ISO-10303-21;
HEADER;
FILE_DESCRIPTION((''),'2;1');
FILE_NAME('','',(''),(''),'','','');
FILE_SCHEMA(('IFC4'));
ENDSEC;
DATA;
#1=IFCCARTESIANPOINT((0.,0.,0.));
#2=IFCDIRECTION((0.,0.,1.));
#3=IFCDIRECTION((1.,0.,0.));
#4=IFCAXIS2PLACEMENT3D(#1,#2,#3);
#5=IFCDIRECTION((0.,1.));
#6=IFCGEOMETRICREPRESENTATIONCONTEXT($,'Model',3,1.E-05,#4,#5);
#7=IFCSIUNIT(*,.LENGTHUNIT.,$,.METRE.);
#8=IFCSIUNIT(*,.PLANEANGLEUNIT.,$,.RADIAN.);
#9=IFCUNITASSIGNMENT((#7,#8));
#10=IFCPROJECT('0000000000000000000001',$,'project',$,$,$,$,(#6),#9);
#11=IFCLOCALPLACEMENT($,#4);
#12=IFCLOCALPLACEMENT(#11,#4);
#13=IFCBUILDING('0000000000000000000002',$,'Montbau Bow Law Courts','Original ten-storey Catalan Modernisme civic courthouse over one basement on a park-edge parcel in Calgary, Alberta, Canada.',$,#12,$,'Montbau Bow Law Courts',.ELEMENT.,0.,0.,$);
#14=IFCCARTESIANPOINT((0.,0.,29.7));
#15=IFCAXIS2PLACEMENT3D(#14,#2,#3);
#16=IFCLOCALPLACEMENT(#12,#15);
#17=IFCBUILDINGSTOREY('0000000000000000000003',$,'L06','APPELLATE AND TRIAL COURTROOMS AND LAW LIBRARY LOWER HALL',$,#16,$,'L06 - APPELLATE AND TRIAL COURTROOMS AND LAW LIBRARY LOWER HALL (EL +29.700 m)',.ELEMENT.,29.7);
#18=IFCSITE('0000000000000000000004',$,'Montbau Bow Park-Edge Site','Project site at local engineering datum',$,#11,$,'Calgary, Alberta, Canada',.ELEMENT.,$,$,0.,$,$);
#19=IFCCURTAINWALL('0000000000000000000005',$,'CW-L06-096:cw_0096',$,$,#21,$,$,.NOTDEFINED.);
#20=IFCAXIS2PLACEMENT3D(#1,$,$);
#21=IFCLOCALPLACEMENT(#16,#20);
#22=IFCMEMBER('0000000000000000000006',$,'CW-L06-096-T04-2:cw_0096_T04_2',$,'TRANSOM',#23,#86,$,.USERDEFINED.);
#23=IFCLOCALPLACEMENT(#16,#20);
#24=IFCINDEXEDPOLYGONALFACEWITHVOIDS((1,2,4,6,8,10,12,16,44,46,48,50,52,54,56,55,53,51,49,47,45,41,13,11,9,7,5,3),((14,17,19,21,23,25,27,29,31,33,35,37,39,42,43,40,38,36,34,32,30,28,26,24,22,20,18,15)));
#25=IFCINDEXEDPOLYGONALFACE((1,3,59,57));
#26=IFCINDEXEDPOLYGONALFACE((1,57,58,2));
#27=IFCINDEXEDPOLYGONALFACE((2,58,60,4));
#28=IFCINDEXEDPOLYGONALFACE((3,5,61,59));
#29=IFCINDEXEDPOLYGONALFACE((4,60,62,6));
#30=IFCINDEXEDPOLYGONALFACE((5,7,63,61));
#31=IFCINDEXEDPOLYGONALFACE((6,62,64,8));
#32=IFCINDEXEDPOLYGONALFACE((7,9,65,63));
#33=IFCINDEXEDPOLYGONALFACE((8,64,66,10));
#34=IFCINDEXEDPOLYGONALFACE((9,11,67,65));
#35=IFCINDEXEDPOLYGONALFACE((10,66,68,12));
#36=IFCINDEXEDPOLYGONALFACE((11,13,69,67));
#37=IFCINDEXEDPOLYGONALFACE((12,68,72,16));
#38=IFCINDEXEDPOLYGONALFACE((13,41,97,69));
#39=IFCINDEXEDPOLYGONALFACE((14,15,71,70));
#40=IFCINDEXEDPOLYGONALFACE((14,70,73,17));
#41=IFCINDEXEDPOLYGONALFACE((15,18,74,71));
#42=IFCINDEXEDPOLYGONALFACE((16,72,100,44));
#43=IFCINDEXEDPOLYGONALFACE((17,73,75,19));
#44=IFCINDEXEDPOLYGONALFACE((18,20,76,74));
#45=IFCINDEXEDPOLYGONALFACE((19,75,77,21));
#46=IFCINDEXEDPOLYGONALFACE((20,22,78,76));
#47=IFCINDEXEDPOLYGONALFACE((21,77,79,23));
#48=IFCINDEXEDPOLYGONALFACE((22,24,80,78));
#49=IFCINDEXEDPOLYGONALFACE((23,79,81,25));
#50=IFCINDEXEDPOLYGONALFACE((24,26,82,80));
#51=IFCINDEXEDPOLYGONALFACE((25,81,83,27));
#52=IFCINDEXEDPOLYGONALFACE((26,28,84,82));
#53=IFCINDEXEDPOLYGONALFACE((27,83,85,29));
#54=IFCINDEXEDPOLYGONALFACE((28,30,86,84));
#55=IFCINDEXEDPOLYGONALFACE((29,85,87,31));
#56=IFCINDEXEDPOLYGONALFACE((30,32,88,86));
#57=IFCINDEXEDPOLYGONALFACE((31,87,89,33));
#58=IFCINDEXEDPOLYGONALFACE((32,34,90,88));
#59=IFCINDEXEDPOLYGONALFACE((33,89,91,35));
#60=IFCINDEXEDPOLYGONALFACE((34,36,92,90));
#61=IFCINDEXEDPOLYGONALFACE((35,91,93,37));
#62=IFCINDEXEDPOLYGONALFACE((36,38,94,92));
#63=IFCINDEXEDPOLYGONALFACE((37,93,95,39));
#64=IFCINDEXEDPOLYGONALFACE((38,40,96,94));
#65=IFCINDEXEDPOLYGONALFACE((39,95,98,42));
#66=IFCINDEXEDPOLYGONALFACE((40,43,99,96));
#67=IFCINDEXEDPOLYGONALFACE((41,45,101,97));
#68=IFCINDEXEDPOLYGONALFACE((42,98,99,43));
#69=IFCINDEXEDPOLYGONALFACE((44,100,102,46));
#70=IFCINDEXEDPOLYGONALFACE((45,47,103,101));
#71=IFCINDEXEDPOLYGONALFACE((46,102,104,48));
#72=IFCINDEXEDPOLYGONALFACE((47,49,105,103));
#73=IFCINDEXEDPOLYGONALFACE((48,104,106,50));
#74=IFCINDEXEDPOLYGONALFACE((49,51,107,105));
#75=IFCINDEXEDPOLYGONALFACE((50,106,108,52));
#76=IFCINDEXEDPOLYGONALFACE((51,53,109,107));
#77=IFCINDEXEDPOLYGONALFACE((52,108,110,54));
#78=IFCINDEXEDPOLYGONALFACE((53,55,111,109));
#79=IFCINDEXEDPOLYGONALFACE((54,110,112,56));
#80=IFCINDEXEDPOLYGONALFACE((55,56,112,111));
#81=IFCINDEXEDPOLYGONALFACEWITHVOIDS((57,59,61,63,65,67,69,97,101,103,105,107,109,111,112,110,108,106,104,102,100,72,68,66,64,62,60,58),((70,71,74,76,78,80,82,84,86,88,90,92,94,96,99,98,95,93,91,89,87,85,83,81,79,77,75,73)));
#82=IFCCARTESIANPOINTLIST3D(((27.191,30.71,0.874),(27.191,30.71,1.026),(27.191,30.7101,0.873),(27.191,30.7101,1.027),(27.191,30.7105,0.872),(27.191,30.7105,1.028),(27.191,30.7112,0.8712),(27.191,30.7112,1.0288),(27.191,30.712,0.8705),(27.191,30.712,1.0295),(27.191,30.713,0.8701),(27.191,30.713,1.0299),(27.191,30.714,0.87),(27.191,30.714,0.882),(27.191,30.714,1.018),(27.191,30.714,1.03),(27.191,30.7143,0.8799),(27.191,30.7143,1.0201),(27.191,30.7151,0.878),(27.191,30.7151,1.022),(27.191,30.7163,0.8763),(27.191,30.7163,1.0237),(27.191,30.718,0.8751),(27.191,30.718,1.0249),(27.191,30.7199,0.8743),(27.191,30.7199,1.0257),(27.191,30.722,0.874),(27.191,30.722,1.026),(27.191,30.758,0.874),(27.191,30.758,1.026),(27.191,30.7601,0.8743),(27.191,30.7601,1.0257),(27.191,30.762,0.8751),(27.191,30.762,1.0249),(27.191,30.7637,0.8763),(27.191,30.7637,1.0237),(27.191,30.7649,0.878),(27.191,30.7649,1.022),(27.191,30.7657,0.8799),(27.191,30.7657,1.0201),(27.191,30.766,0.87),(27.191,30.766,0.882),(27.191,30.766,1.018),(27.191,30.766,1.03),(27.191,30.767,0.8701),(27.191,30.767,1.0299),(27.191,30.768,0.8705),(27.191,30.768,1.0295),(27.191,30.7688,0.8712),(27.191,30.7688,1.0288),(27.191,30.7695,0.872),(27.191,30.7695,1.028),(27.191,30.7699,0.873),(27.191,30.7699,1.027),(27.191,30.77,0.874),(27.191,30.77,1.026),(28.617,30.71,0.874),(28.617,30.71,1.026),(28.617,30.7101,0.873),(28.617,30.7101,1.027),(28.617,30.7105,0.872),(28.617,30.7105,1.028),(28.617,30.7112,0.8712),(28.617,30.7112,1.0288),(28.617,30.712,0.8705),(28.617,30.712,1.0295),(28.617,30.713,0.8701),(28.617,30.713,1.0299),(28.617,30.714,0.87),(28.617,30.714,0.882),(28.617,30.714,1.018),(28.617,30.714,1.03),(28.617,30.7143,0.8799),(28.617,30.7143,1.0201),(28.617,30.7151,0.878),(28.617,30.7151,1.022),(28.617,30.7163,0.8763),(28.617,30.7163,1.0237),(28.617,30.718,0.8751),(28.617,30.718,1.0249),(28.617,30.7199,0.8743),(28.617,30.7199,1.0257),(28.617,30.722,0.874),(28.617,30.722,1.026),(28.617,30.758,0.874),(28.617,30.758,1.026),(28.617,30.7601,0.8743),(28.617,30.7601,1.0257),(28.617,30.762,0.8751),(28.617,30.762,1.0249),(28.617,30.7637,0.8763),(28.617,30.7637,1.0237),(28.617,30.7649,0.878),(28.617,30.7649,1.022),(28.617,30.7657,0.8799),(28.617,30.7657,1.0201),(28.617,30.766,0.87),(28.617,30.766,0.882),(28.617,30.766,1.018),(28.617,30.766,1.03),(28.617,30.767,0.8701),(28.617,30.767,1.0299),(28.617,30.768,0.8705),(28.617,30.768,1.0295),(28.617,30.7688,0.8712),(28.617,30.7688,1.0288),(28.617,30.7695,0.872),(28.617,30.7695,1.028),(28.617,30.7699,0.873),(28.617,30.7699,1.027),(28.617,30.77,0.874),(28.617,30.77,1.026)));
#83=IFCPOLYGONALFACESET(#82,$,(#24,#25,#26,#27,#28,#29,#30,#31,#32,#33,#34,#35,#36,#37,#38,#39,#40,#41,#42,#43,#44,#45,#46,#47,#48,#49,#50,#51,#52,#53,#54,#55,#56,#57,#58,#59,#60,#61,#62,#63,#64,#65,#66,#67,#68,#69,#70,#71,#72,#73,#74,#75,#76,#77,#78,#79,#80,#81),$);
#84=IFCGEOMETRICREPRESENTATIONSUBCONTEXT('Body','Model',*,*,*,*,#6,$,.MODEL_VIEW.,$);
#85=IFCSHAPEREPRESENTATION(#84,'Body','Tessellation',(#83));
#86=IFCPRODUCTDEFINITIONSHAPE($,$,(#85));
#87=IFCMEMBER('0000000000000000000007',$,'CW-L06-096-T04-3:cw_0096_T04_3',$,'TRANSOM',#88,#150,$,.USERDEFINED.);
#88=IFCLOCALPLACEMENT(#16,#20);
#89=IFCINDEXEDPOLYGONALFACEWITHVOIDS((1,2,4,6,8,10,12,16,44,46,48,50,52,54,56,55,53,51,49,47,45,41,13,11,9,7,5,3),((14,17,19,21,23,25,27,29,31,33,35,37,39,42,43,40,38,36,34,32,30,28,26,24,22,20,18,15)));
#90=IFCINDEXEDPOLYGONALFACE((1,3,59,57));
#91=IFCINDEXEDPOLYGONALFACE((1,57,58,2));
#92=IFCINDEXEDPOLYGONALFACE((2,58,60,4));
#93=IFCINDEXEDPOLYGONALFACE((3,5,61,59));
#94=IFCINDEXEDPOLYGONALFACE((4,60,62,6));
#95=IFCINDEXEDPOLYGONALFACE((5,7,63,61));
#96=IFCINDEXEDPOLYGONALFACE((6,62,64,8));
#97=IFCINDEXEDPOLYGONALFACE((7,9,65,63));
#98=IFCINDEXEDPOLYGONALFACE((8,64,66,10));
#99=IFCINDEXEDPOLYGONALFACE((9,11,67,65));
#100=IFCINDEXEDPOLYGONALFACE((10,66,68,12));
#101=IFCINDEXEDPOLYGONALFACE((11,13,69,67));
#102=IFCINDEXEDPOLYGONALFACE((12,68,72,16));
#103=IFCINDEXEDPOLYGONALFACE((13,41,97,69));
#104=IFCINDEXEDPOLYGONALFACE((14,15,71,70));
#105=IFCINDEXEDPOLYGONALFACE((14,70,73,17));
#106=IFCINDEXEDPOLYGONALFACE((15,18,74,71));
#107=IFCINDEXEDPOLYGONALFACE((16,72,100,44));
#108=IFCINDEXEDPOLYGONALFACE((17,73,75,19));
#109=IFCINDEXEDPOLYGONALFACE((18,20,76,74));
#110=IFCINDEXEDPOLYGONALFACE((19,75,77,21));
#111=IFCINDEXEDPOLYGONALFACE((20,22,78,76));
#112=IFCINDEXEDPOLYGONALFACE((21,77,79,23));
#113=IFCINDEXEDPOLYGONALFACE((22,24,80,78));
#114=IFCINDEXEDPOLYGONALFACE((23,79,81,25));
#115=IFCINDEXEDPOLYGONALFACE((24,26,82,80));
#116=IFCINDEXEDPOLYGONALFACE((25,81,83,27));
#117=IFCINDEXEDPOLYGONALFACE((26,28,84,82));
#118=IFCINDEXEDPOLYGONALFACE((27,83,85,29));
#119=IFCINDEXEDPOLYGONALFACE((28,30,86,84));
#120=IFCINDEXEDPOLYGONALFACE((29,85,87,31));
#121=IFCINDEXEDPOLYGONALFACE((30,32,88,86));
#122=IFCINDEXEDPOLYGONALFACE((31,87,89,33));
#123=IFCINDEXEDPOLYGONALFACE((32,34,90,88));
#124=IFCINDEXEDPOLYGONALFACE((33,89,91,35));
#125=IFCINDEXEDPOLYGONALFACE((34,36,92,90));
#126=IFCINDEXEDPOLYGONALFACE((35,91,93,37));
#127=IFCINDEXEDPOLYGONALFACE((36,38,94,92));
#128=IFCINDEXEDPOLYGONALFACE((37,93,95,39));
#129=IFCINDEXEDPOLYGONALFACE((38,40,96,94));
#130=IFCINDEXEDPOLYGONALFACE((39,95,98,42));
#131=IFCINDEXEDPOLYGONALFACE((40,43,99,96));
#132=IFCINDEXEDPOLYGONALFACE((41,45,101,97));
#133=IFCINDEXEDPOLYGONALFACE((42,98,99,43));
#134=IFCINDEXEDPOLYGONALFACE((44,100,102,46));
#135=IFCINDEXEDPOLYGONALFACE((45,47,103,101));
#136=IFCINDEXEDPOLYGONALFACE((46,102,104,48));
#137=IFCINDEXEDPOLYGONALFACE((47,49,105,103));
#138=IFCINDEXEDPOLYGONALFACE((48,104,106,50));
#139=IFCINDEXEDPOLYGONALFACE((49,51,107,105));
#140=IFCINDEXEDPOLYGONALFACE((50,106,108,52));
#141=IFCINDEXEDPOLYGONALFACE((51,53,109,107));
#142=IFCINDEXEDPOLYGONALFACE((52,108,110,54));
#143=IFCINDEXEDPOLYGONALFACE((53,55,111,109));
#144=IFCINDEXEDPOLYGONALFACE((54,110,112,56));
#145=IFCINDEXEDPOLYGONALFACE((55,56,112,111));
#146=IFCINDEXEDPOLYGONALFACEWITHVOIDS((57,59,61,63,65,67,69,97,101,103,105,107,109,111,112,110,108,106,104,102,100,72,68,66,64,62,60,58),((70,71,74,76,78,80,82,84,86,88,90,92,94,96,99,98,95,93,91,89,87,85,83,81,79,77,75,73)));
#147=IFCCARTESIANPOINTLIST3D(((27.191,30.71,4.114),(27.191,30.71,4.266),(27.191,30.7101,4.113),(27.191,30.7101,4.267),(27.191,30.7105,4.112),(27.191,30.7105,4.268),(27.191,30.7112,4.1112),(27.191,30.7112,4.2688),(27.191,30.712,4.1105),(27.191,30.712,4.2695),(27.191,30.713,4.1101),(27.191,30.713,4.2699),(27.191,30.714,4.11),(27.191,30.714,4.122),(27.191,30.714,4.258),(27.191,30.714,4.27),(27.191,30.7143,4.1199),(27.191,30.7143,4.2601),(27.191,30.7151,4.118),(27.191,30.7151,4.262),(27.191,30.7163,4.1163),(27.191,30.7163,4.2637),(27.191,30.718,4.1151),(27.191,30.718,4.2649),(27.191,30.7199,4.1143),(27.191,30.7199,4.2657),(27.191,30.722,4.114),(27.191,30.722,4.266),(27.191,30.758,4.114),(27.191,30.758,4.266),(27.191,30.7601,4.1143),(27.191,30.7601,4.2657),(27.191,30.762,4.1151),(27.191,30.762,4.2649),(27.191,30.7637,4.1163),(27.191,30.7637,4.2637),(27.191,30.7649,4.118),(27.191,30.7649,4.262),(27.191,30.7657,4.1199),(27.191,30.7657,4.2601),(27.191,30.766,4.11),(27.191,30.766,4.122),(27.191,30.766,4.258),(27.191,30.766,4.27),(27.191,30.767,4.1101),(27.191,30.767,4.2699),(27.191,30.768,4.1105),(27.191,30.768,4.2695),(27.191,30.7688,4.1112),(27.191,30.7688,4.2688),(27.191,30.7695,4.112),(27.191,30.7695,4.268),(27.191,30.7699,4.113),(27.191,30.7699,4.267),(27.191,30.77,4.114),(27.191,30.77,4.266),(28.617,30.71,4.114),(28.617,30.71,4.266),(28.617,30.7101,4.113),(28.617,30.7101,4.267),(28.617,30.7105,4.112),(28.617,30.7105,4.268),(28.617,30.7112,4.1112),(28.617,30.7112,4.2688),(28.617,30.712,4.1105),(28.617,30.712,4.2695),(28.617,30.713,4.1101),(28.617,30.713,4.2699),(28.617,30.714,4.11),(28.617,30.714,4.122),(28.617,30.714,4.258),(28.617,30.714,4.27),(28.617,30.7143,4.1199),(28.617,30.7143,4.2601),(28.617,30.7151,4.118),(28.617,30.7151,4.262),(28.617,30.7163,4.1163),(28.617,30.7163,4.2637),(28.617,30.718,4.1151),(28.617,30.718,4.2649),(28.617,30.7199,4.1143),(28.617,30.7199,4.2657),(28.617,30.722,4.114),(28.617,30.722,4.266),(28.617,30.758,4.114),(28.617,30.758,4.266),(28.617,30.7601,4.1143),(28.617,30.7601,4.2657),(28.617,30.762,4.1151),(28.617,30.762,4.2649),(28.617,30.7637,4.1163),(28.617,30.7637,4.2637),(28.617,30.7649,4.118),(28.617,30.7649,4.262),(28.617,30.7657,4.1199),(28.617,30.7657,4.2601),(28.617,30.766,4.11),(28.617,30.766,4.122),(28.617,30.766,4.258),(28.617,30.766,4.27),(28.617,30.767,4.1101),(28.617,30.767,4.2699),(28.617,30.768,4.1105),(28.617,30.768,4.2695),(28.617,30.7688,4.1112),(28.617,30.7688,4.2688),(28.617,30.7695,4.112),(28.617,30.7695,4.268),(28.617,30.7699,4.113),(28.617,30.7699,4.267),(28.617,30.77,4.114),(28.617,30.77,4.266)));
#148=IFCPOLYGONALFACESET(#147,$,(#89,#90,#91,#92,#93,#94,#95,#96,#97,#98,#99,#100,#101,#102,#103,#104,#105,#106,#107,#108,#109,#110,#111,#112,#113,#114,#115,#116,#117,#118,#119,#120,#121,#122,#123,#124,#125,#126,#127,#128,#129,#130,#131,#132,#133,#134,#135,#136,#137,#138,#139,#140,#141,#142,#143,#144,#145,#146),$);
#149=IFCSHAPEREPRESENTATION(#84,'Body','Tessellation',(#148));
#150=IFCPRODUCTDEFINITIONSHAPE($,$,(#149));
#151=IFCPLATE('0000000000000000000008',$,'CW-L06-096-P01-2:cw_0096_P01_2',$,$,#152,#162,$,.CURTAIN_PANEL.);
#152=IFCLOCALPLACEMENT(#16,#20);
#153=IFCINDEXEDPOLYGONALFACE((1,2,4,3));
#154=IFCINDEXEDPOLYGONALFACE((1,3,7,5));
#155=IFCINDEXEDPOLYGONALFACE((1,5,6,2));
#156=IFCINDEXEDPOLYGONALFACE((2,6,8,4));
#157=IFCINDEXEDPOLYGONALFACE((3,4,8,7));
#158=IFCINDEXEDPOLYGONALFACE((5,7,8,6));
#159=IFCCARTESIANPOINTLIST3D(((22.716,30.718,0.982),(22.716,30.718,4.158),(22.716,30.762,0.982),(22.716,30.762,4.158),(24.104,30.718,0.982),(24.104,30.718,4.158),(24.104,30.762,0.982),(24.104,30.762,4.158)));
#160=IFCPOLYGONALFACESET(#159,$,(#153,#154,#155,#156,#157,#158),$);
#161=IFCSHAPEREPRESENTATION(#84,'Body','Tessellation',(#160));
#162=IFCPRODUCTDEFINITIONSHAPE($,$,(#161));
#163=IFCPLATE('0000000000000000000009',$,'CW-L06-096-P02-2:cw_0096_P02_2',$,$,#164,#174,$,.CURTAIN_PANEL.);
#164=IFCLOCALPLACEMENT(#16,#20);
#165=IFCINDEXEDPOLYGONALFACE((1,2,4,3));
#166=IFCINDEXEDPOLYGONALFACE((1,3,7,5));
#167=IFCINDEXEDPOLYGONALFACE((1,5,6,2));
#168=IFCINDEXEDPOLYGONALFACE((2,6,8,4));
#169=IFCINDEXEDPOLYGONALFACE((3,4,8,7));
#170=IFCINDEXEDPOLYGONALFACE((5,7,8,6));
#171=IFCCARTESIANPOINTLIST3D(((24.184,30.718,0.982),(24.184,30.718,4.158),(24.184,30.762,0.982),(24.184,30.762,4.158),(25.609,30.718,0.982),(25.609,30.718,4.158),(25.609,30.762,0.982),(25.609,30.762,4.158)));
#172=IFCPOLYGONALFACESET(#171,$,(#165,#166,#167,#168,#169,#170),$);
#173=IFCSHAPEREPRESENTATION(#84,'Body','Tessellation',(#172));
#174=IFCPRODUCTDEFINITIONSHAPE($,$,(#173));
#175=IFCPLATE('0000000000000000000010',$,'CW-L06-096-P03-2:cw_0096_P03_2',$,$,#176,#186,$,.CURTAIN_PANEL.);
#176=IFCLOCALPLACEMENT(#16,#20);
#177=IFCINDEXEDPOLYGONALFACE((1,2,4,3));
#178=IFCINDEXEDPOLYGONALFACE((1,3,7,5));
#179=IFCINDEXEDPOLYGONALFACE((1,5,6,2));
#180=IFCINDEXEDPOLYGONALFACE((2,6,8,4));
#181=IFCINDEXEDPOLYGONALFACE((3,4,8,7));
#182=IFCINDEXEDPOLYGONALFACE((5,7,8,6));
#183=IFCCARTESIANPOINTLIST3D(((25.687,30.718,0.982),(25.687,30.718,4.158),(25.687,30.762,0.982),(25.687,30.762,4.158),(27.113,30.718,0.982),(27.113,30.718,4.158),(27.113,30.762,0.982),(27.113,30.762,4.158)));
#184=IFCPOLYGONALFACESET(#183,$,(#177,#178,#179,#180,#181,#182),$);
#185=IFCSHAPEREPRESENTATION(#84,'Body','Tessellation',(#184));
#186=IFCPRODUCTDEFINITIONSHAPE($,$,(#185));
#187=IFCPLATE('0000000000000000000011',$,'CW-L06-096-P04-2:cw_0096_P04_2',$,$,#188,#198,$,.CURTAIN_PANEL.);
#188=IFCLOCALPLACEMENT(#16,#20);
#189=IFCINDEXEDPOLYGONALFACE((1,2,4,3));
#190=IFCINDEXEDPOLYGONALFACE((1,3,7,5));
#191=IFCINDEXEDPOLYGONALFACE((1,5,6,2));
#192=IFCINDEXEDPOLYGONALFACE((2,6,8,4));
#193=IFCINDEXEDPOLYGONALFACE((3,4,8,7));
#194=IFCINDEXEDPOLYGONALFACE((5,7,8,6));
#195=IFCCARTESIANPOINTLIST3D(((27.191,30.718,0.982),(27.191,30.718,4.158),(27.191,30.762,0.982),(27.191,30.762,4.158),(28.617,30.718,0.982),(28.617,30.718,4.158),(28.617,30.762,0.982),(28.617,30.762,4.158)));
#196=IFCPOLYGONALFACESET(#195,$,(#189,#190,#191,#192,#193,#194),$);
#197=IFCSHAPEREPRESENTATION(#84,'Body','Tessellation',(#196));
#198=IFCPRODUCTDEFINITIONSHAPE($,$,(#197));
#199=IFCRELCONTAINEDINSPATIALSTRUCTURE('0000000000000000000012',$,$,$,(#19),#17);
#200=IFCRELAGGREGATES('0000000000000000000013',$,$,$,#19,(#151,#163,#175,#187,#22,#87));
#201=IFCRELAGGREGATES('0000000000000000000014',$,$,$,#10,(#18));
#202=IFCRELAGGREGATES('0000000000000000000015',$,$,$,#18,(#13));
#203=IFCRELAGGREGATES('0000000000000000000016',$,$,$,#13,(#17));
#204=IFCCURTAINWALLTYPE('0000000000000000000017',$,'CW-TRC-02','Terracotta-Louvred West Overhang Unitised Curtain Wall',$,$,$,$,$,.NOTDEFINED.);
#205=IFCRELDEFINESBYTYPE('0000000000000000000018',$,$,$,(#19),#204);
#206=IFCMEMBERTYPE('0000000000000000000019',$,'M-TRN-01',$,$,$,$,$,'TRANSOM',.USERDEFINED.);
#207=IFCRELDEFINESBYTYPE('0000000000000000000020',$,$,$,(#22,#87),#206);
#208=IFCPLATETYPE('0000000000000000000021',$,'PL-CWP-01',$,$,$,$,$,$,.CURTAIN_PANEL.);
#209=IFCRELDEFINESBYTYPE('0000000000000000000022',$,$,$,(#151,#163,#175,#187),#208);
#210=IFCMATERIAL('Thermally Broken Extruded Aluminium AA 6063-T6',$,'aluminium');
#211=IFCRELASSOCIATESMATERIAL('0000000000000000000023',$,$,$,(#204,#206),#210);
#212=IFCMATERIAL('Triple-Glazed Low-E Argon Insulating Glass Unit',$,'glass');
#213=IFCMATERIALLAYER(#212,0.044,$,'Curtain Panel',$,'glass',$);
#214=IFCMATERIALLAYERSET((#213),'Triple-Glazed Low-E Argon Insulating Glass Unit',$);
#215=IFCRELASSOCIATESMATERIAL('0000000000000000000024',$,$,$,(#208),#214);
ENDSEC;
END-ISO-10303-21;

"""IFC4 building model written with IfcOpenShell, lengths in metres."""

from ifc_helpers import new_model, si_unit, direction, frame, frame_2d, origin_with_axes, origin_2d_with_axis, place, context, subcontext, project, spatial, rectangle, hollow_rectangle, extrude, material, layer, layer_set, material_profile, profile_set, type_object, element, aggregate, save


model = new_model("IFC4")

# Units and contexts
model_context = context("Model", 3, precision=1e-05, world=origin_with_axes(), true_north=direction((0.0, 1.0)))
body_context = subcontext(model_context, "Body", "Model", "MODEL_VIEW")
ifc_project = project(units=[si_unit("LENGTHUNIT", "METRE"), si_unit("PLANEANGLEUNIT", "RADIAN")], contexts=[model_context])

# Site, building, storey
site_placement = place(None, origin_with_axes())
site = spatial("IfcSite", under=ifc_project, at=site_placement, Name="Montbau Bow Park-Edge Site", Description="Project site at local engineering datum", LongName="Calgary, Alberta, Canada", CompositionType="ELEMENT", RefElevation=0.0)
building_placement = place(site_placement, origin_with_axes())
building = spatial("IfcBuilding", under=site, at=building_placement, Name="Montbau Bow Law Courts", Description="Original ten-storey Catalan Modernisme civic courthouse over one basement on a park-edge parcel in Calgary, Alberta, Canada.", LongName="Montbau Bow Law Courts", CompositionType="ELEMENT", ElevationOfRefHeight=0.0, ElevationOfTerrain=0.0)
storey_placement = place(building_placement, frame((0.0, 0.0, 29.7), z_axis=(0.0, 0.0, 1.0), x_axis=(1.0, 0.0, 0.0)))
storey = spatial("IfcBuildingStorey", under=building, at=storey_placement, Name="L06", Description="APPELLATE AND TRIAL COURTROOMS AND LAW LIBRARY LOWER HALL", LongName="L06 - APPELLATE AND TRIAL COURTROOMS AND LAW LIBRARY LOWER HALL (EL +29.700 m)", CompositionType="ELEMENT", Elevation=29.7)

# Curtain wall, members, plates
ifc_material_1 = material(Name="Thermally Broken Extruded Aluminium AA 6063-T6", Category="aluminium")
curtain_wall_type = type_object("IfcCurtainWallType", Name="CW-TRC-02", Description="Terracotta-Louvred West Overhang Unitised Curtain Wall", PredefinedType="NOTDEFINED", material=ifc_material_1)
curtain_wall_placement = place(None, frame((22.64, 30.74, 29.7), z_axis=(0.0, 0.0, 1.0), x_axis=(1.0, 0.0, 0.0)))
curtain_wall = element("IfcCurtainWall", 1, at=curtain_wall_placement, inside=storey, type_object=curtain_wall_type, Name="CW-L06-096:cw_0096", PredefinedType="NOTDEFINED")
ifc_material_profile_1 = material_profile(ifc_material_1, hollow_rectangle(XDim=0.06, YDim=0.16, WallThickness=0.004, InnerFilletRadius=0.008, OuterFilletRadius=0.004, at=origin_2d_with_axis()), Name="CWT-160X60", Category="Main", Priority=0)
ifc_profile_set_1 = profile_set([ifc_material_profile_1], Name="Thermally Broken Extruded Aluminium AA 6063-T6")
member_type_1 = type_object("IfcMemberType", Name="M-TRN-01", ElementType="TRANSOM", PredefinedType="USERDEFINED", material=ifc_profile_set_1)
member_1_placement = place(None, frame((27.191, 30.74, 30.65), z_axis=(1.0, 0.0, 0.0), x_axis=(0.0, 1.0, 0.0)))
member_1 = element("IfcMember", 2, at=member_1_placement, type_object=member_type_1, Name="CW-L06-096-T04-2:cw_0096_T04_2", ObjectType="TRANSOM", PredefinedType="USERDEFINED", context=body_context, shape_type="SweptSolid", body=[
    extrude(hollow_rectangle(XDim=0.06, YDim=0.16, WallThickness=0.004, InnerFilletRadius=0.008, OuterFilletRadius=0.004, at=origin_2d_with_axis()), origin_with_axes(), (0.0, 0.0, 1.0), 1.426),
])
member_2_placement = place(None, frame((27.191, 30.74, 33.89), z_axis=(1.0, 0.0, 0.0), x_axis=(0.0, 1.0, 0.0)))
member_2 = element("IfcMember", 3, at=member_2_placement, type_object=member_type_1, Name="CW-L06-096-T04-3:cw_0096_T04_3", ObjectType="TRANSOM", PredefinedType="USERDEFINED", context=body_context, shape_type="SweptSolid", body=[
    extrude(hollow_rectangle(XDim=0.06, YDim=0.16, WallThickness=0.004, InnerFilletRadius=0.008, OuterFilletRadius=0.004, at=origin_2d_with_axis()), origin_with_axes(), (0.0, 0.0, 1.0), 1.426),
])
ifc_material_2 = material(Name="Triple-Glazed Low-E Argon Insulating Glass Unit", Category="glass")
ifc_layer_1 = layer(ifc_material_2, 0.044, Name="Curtain Panel", Category="glass")
ifc_layer_set_1 = layer_set([ifc_layer_1], Name="Triple-Glazed Low-E Argon Insulating Glass Unit")
plate_type_1 = type_object("IfcPlateType", Name="PL-CWP-01", PredefinedType="CURTAIN_PANEL", material=ifc_layer_set_1)
plate_1_placement = place(None, frame((22.716, 30.74, 30.682), z_axis=(0.0, -1.0, 0.0), x_axis=(1.0, 0.0, 0.0)))
plate_1 = element("IfcPlate", 4, at=plate_1_placement, type_object=plate_type_1, Name="CW-L06-096-P01-2:cw_0096_P01_2", PredefinedType="CURTAIN_PANEL", context=body_context, shape_type="SweptSolid", body=[
    extrude(rectangle(XDim=1.388, YDim=3.176, at=frame_2d((0.694, 1.588), x_axis=(1.0, 0.0))), frame((0.0, 0.0, -0.022), z_axis=(0.0, 0.0, 1.0), x_axis=(1.0, 0.0, 0.0)), (0.0, 0.0, 1.0), 0.044),
])
plate_2_placement = place(None, frame((24.184, 30.74, 30.682), z_axis=(0.0, -1.0, 0.0), x_axis=(1.0, 0.0, 0.0)))
plate_2 = element("IfcPlate", 5, at=plate_2_placement, type_object=plate_type_1, Name="CW-L06-096-P02-2:cw_0096_P02_2", PredefinedType="CURTAIN_PANEL", context=body_context, shape_type="SweptSolid", body=[
    extrude(rectangle(XDim=1.425, YDim=3.176, at=frame_2d((0.7125, 1.588), x_axis=(1.0, 0.0))), frame((0.0, 0.0, -0.022), z_axis=(0.0, 0.0, 1.0), x_axis=(1.0, 0.0, 0.0)), (0.0, 0.0, 1.0), 0.044),
])
plate_3_placement = place(None, frame((25.687, 30.74, 30.682), z_axis=(0.0, -1.0, 0.0), x_axis=(1.0, 0.0, 0.0)))
plate_3 = element("IfcPlate", 6, at=plate_3_placement, type_object=plate_type_1, Name="CW-L06-096-P03-2:cw_0096_P03_2", PredefinedType="CURTAIN_PANEL", context=body_context, shape_type="SweptSolid", body=[
    extrude(rectangle(XDim=1.426, YDim=3.176, at=frame_2d((0.713, 1.588), x_axis=(1.0, 0.0))), frame((0.0, 0.0, -0.022), z_axis=(0.0, 0.0, 1.0), x_axis=(1.0, 0.0, 0.0)), (0.0, 0.0, 1.0), 0.044),
])
plate_4_placement = place(None, frame((27.191, 30.74, 30.682), z_axis=(0.0, -1.0, 0.0), x_axis=(1.0, 0.0, 0.0)))
plate_4 = element("IfcPlate", 7, at=plate_4_placement, type_object=plate_type_1, Name="CW-L06-096-P04-2:cw_0096_P04_2", PredefinedType="CURTAIN_PANEL", context=body_context, shape_type="SweptSolid", body=[
    extrude(rectangle(XDim=1.426, YDim=3.176, at=frame_2d((0.713, 1.588), x_axis=(1.0, 0.0))), frame((0.0, 0.0, -0.022), z_axis=(0.0, 0.0, 1.0), x_axis=(1.0, 0.0, 0.0)), (0.0, 0.0, 1.0), 0.044),
])
aggregate(curtain_wall, [plate_1, plate_2, plate_3, plate_4, member_1, member_2])

save(model, "model.ifc")
